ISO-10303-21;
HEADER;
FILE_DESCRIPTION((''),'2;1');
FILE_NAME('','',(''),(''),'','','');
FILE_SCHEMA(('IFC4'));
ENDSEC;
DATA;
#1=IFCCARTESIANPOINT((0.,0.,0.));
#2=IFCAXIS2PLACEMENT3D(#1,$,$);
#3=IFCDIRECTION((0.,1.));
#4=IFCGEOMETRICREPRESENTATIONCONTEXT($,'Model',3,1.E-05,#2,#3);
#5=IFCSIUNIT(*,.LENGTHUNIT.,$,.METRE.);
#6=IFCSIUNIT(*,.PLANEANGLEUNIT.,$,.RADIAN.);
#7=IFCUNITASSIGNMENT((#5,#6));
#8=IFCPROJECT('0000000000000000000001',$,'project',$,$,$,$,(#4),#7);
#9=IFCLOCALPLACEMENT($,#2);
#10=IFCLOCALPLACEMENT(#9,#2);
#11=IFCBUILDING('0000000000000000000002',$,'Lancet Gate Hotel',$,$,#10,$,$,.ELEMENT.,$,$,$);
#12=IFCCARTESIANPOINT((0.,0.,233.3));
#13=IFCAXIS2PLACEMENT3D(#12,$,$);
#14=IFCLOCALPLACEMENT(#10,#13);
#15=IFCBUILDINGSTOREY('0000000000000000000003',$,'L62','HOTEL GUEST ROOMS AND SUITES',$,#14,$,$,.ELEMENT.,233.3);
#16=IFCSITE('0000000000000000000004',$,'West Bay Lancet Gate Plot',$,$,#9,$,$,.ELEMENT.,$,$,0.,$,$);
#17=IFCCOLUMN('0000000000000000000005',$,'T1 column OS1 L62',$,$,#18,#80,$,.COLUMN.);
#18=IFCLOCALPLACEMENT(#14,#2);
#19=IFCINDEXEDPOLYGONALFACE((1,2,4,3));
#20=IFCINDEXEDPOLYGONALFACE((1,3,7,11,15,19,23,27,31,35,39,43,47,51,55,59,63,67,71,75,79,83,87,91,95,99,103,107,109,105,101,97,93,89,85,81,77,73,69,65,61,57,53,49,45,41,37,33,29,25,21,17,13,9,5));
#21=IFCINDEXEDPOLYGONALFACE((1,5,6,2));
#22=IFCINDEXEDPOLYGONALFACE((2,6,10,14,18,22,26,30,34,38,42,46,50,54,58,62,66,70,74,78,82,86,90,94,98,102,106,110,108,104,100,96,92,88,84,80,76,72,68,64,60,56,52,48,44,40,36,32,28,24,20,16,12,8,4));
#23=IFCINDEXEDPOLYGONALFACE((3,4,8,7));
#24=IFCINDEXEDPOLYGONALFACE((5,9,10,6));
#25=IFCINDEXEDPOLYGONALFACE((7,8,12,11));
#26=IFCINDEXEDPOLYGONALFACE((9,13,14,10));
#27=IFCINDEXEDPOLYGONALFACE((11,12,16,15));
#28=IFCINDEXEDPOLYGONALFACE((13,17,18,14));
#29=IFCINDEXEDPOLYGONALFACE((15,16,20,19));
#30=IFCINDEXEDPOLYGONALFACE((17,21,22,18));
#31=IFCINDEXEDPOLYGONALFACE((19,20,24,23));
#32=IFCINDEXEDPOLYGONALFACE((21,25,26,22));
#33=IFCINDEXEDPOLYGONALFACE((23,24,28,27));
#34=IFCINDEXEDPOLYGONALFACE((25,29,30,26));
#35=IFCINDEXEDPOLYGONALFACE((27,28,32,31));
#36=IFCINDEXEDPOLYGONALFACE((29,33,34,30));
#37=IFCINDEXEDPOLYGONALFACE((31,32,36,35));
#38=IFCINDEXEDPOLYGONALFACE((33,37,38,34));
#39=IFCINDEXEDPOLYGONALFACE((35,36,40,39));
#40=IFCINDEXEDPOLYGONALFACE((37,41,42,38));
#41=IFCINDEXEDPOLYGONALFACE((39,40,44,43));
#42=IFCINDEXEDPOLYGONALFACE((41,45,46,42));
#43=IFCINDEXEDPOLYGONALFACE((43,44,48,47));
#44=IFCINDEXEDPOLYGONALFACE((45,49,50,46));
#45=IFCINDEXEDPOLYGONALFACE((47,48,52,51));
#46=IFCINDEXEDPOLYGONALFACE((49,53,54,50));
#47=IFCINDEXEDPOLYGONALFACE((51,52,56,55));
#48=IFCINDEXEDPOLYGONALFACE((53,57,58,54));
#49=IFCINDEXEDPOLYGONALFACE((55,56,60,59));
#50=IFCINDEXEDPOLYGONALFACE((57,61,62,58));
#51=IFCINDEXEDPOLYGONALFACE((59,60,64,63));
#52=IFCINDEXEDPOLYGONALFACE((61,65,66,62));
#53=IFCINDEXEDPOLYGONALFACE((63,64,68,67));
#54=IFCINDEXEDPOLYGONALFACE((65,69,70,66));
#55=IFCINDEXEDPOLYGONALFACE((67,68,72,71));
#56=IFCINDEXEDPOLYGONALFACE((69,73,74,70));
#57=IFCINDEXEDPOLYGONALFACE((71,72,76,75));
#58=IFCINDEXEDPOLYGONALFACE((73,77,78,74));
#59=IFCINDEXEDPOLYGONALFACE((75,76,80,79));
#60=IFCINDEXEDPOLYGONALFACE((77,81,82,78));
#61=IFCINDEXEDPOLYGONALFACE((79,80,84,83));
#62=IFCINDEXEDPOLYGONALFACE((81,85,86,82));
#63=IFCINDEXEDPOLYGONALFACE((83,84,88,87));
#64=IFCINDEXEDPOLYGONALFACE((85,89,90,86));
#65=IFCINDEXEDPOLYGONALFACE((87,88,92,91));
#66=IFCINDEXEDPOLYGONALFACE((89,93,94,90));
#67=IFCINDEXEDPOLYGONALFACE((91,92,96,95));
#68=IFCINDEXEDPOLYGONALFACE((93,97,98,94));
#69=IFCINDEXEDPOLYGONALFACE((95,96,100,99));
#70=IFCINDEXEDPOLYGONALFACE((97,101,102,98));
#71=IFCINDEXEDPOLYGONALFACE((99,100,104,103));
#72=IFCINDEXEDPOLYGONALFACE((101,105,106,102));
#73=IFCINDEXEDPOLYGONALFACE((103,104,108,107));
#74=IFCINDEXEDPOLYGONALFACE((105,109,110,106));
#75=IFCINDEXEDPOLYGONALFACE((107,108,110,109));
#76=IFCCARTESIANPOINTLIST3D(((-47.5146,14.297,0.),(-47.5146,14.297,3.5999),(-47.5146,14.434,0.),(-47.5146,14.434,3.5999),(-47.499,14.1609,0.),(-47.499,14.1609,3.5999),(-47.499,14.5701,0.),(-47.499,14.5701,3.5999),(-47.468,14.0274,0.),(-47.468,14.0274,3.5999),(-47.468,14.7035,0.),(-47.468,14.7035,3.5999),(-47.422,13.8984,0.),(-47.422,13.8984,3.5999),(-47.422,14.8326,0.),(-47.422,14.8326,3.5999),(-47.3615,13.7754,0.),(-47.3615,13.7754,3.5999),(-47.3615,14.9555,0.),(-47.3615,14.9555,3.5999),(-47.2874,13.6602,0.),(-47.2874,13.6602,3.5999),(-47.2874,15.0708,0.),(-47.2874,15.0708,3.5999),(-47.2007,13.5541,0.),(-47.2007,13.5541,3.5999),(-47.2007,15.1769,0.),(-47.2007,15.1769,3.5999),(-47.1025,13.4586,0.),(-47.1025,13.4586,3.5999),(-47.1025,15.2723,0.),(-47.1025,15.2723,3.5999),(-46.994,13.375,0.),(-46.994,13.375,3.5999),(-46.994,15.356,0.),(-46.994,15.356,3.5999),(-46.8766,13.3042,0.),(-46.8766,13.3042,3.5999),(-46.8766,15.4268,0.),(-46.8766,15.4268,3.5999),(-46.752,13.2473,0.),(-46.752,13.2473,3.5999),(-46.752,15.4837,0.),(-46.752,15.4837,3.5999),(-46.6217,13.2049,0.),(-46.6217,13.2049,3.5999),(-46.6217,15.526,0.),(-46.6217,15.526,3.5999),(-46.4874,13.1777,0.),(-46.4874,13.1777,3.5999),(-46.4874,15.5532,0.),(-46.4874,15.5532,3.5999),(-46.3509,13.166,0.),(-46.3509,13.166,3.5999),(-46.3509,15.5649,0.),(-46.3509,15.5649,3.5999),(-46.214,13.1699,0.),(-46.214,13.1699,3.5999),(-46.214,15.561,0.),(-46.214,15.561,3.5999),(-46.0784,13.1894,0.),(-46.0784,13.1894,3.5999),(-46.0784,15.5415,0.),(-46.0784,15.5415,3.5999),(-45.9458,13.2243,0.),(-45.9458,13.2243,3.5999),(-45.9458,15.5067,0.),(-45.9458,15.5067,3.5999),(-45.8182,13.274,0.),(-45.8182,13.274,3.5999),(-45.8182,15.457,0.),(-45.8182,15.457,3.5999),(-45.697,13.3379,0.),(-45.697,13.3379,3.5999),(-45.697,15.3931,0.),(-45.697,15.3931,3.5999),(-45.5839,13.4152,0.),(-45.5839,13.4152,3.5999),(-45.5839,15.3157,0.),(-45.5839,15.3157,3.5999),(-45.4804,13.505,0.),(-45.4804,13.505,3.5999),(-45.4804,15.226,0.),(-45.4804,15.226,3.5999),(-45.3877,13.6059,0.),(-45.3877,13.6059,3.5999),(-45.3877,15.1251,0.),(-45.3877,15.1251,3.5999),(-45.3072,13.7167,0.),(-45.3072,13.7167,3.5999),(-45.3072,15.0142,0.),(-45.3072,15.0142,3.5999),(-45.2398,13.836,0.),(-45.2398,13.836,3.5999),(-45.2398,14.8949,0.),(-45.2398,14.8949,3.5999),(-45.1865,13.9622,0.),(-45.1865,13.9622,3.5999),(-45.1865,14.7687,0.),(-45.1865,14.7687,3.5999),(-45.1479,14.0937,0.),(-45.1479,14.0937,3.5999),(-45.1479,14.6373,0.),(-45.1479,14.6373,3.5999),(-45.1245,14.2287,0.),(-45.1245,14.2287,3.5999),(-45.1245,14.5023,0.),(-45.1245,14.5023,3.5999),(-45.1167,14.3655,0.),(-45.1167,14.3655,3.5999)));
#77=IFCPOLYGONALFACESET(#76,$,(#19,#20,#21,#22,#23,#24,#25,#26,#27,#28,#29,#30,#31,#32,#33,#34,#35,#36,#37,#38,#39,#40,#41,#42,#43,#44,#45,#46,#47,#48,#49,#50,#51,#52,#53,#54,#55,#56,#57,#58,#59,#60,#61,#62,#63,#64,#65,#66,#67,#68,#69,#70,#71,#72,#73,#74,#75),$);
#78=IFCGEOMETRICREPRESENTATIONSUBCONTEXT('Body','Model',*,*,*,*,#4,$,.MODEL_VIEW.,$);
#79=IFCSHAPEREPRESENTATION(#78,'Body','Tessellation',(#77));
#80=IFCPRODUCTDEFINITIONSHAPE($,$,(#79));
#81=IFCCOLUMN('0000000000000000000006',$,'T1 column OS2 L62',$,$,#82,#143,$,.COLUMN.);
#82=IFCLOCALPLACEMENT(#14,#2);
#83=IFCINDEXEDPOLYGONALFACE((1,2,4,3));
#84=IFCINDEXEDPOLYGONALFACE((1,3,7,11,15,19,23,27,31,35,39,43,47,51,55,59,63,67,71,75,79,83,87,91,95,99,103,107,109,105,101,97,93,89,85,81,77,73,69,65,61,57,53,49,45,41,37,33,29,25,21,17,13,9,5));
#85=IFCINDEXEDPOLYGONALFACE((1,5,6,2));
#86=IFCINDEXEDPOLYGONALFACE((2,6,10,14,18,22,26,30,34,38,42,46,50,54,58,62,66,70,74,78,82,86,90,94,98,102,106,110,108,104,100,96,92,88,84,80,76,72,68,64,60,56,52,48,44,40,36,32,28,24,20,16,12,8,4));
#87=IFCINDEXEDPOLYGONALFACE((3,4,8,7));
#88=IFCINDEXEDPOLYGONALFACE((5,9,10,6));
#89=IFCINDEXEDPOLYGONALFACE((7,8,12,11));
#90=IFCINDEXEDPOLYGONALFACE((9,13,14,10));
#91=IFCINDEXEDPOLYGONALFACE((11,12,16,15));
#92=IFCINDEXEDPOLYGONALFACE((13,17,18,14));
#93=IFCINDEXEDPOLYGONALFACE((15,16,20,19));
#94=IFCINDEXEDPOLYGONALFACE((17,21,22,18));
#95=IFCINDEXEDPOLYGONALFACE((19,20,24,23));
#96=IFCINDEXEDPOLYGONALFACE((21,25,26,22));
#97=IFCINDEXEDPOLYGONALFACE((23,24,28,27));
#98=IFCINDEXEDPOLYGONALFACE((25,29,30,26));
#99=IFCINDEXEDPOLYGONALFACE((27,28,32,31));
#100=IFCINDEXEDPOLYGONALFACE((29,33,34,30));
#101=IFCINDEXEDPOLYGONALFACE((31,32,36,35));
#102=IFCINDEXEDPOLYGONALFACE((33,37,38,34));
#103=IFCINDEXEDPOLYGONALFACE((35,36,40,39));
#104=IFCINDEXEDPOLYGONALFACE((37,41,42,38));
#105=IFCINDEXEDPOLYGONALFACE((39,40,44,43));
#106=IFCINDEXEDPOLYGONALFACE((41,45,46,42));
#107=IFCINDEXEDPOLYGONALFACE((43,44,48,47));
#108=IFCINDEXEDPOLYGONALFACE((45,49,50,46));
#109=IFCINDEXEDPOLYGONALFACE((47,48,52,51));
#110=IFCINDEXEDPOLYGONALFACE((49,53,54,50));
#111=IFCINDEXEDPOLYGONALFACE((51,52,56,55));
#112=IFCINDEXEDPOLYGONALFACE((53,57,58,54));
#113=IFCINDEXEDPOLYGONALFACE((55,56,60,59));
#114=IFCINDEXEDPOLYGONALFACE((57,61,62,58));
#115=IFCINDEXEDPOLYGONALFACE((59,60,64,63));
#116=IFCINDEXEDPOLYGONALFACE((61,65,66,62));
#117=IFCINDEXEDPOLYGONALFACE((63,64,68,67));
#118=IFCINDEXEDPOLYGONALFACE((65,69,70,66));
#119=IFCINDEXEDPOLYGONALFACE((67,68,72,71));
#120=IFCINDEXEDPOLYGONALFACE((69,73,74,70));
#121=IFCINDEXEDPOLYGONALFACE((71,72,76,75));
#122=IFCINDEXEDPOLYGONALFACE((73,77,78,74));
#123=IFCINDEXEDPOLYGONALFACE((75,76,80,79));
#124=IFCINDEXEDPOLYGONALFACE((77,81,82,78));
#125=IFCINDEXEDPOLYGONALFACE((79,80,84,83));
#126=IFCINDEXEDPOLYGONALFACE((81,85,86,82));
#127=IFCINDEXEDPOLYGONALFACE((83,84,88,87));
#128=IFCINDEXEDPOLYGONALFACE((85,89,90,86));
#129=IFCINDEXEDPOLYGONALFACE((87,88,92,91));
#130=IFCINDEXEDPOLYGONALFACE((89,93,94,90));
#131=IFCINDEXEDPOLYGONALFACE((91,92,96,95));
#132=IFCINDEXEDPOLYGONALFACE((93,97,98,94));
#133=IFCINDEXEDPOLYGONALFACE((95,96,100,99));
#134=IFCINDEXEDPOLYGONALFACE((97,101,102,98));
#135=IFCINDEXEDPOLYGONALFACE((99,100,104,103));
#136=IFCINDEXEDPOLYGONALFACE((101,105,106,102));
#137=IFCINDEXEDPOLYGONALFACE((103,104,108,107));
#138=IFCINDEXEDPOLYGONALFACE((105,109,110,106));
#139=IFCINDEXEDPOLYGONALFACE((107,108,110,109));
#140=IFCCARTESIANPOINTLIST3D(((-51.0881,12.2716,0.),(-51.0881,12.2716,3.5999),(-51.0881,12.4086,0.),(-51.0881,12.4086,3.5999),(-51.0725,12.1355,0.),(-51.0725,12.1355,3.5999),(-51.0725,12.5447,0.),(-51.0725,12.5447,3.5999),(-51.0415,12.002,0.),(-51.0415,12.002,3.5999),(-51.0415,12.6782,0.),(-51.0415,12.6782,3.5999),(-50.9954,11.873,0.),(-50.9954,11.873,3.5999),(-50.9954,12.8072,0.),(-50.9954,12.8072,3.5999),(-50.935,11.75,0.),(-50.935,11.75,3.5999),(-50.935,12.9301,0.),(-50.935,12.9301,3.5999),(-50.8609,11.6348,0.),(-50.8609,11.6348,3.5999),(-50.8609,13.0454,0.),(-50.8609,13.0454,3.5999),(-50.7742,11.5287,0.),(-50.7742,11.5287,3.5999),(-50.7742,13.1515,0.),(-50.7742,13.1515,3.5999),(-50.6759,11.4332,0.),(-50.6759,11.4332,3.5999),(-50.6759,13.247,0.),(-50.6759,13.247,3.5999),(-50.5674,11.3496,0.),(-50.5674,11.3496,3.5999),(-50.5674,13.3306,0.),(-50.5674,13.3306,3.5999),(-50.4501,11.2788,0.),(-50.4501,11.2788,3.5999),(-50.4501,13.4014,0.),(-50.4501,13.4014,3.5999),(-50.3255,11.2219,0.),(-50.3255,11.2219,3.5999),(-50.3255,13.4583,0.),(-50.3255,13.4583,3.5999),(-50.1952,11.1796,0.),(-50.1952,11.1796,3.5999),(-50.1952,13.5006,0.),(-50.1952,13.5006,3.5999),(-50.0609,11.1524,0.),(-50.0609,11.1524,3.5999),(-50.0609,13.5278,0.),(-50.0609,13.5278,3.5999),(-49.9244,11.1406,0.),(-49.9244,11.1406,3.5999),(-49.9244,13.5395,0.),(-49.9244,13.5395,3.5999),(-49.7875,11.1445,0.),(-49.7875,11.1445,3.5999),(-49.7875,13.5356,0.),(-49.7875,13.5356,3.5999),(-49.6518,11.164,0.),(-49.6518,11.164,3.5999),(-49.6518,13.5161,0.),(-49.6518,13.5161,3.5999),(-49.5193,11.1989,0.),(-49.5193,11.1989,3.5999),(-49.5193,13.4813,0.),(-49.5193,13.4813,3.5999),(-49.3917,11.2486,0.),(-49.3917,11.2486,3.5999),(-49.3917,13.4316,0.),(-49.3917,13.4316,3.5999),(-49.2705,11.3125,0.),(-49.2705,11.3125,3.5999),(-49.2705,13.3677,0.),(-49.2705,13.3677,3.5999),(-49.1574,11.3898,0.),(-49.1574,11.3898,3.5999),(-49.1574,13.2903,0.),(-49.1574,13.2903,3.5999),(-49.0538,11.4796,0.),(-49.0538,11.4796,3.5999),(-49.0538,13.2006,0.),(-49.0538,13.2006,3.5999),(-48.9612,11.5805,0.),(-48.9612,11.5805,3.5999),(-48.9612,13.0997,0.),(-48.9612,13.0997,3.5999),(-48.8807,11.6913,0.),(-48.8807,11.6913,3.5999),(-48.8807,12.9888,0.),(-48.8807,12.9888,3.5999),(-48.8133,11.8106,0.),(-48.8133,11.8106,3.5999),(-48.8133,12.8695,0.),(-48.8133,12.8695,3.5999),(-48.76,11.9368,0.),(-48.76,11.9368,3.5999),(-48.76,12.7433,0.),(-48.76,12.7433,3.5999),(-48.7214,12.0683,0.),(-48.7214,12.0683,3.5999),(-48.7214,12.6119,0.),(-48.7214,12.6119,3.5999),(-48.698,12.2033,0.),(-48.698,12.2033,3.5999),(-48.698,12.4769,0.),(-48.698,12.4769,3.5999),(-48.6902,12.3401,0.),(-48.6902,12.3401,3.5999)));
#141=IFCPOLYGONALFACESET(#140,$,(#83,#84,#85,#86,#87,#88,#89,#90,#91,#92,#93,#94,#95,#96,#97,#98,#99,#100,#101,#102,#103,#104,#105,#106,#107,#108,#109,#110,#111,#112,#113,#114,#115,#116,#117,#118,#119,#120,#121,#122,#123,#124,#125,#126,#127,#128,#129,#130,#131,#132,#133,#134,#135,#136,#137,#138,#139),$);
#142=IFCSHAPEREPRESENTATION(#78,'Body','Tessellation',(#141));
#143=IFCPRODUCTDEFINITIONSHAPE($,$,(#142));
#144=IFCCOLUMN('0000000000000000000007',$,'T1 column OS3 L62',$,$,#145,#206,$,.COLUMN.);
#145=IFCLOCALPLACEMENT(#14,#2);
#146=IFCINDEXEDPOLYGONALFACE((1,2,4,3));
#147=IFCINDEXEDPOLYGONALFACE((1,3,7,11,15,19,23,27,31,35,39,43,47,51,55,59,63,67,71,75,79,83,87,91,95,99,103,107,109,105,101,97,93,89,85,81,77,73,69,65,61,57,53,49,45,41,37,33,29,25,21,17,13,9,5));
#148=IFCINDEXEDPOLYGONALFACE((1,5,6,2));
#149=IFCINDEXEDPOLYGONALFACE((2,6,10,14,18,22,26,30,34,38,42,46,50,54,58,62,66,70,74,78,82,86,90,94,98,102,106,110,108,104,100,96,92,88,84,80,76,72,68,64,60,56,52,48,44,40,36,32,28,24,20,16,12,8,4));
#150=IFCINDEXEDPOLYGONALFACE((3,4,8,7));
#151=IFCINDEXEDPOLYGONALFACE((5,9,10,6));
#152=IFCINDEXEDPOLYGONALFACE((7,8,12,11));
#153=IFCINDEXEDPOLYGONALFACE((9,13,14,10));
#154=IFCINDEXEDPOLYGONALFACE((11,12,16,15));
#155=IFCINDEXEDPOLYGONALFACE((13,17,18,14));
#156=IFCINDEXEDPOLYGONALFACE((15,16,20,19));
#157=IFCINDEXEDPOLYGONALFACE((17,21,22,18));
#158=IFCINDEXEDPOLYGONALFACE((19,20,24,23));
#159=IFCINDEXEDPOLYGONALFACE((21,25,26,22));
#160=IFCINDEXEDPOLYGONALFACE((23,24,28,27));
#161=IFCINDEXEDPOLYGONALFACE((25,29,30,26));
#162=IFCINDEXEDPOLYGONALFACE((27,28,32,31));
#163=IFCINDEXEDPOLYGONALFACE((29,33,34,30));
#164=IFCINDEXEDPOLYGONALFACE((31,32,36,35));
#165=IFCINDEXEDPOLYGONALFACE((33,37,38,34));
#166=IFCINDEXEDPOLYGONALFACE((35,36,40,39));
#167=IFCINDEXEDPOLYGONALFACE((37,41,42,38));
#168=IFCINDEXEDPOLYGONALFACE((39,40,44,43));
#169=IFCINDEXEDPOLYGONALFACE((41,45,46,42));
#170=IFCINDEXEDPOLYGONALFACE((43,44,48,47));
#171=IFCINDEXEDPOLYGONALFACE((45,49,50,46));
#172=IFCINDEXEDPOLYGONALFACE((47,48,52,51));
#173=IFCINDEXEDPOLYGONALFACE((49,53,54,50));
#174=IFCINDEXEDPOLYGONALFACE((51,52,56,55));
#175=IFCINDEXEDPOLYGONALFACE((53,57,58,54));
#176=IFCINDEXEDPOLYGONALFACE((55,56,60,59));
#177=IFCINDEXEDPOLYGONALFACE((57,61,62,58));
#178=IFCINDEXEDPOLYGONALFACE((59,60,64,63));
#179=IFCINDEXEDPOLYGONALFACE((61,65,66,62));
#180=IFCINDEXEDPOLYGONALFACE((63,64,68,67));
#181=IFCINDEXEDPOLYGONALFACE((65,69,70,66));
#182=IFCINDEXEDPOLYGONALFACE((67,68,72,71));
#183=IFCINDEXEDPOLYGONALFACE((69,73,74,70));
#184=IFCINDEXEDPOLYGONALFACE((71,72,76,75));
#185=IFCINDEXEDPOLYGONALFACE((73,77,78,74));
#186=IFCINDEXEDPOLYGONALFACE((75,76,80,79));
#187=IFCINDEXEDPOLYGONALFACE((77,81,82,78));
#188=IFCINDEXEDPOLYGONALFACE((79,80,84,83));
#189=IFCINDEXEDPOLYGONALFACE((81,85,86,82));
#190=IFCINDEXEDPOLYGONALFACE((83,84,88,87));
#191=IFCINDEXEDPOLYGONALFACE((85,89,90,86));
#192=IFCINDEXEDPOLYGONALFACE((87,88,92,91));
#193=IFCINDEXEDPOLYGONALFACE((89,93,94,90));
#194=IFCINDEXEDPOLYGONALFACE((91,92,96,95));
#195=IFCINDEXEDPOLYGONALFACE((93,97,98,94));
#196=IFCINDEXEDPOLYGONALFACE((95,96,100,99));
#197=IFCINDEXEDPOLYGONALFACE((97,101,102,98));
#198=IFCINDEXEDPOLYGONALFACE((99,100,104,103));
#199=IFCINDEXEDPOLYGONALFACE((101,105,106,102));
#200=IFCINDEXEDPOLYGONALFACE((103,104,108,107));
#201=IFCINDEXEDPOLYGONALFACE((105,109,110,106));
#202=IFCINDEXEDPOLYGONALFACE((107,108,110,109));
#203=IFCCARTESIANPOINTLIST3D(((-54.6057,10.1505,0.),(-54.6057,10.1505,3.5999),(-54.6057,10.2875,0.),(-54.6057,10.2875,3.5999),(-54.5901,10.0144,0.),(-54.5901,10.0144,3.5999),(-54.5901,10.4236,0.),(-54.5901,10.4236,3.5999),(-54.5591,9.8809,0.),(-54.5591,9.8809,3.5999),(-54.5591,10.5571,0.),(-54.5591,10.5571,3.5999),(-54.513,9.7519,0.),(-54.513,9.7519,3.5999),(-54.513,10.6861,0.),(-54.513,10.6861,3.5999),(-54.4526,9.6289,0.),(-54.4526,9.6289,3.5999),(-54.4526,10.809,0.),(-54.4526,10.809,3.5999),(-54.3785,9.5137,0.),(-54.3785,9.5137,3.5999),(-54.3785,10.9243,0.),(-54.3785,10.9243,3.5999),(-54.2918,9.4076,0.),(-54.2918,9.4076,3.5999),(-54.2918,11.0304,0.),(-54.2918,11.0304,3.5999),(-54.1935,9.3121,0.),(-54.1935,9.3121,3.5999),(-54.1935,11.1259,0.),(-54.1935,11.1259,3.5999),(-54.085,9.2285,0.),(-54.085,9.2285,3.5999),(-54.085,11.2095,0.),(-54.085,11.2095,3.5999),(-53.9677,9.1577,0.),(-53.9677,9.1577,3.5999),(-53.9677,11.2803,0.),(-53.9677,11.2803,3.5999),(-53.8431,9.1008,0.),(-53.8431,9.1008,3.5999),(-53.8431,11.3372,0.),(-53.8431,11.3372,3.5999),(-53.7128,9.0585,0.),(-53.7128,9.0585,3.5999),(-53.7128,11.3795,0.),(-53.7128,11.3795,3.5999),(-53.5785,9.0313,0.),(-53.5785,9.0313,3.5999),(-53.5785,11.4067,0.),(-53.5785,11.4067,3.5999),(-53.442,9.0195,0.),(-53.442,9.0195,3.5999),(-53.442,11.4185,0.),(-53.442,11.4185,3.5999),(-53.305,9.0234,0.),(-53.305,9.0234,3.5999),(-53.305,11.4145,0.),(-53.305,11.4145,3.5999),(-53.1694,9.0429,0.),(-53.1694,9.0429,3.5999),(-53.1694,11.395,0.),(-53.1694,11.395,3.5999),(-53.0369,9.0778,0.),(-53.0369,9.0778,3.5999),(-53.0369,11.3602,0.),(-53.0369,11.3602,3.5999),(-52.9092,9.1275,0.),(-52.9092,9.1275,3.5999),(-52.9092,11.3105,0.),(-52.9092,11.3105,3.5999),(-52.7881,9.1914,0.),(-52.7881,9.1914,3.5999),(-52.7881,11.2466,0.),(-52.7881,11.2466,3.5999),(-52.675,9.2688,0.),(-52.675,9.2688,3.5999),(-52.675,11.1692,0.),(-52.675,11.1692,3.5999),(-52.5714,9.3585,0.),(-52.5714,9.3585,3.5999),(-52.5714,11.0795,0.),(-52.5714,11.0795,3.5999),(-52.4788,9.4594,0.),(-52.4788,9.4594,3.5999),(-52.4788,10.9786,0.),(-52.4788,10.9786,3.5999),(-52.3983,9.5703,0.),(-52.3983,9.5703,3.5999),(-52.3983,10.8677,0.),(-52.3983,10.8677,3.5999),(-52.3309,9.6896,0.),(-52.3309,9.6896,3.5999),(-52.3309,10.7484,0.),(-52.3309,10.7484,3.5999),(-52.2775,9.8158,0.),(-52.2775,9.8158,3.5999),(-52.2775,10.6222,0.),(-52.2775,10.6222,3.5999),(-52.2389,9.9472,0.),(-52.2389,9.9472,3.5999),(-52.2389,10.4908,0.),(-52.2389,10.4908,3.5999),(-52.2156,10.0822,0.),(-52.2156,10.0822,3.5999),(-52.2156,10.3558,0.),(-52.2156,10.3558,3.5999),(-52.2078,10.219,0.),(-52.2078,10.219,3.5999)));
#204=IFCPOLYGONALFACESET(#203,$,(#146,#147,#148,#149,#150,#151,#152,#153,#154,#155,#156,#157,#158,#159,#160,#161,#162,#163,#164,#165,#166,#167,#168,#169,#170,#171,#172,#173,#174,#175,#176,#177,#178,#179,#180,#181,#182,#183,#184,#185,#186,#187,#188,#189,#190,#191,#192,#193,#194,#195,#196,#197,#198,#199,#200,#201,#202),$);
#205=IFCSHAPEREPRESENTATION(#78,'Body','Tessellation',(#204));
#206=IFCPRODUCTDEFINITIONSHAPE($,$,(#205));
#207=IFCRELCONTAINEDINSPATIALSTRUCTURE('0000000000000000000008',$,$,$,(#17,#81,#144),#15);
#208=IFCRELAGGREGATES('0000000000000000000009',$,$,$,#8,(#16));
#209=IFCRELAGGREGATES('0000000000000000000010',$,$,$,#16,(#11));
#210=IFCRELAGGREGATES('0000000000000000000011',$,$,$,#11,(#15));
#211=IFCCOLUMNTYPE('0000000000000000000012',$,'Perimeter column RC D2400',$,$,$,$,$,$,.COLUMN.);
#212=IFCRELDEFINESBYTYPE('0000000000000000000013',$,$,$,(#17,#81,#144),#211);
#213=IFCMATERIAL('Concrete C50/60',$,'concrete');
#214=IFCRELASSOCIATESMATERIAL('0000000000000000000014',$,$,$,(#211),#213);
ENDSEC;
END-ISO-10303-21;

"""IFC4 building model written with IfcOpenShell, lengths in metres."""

from ifc_helpers import new_model, si_unit, direction, frame, origin, origin_2d, place, context, subcontext, project, spatial, circle, extrude, material, material_profile, profile_set, type_object, element, save


model = new_model("IFC4")

# Units and contexts
model_context = context("Model", 3, precision=1e-05, world=origin(), true_north=direction((0.0, 1.0)))
body_context = subcontext(model_context, "Body", "Model", "MODEL_VIEW")
ifc_project = project(units=[si_unit("LENGTHUNIT", "METRE"), si_unit("PLANEANGLEUNIT", "RADIAN")], contexts=[model_context])

# Site, building, storey
site_placement = place(None, origin())
site = spatial("IfcSite", under=ifc_project, at=site_placement, Name="West Bay Lancet Gate Plot", CompositionType="ELEMENT", RefElevation=0.0)
building_placement = place(site_placement, origin())
building = spatial("IfcBuilding", under=site, at=building_placement, Name="Lancet Gate Hotel", CompositionType="ELEMENT")
storey_placement = place(building_placement, frame((0.0, 0.0, 233.3)))
storey = spatial("IfcBuildingStorey", under=building, at=storey_placement, Name="L62", Description="HOTEL GUEST ROOMS AND SUITES", CompositionType="ELEMENT", Elevation=233.3)

# Columns
ifc_material_1 = material(Name="Concrete C50/60", Category="concrete")
ifc_material_profile_1 = material_profile(ifc_material_1, circle(Radius=1.2, at=origin_2d()), Name="RC D2400")
ifc_profile_set_1 = profile_set([ifc_material_profile_1], Name="Concrete C50/60")
column_type = type_object("IfcColumnType", Name="Perimeter column RC D2400", PredefinedType="COLUMN", material=ifc_profile_set_1)
for number, where, z_axis, x_axis, name in (
    (1, (-46.3167, 14.3655, 0.0), (0.0, 0.0, 1.0), (1.0, 0.0, 0.0), "T1 column OS1 L62"),
    (2, (-49.8901, 12.3401, 0.0), (0.0, 0.0, 1.0), (1.0, 0.0, 0.0), "T1 column OS2 L62"),
    (3, (-53.4077, 10.219, 0.0), (0.0, 0.0, 1.0), (1.0, 0.0, 0.0), "T1 column OS3 L62"),
):
    element("IfcColumn", number, at=place(storey_placement, frame(where, z_axis=z_axis, x_axis=x_axis)), inside=storey, type_object=column_type, Name=name, PredefinedType="COLUMN", context=body_context, shape_type="SweptSolid", body=[
        extrude(circle(Radius=1.2, at=origin_2d()), origin(), (0.0, 0.0, 1.0), 3.5999),
    ])

save(model, "model.ifc")
